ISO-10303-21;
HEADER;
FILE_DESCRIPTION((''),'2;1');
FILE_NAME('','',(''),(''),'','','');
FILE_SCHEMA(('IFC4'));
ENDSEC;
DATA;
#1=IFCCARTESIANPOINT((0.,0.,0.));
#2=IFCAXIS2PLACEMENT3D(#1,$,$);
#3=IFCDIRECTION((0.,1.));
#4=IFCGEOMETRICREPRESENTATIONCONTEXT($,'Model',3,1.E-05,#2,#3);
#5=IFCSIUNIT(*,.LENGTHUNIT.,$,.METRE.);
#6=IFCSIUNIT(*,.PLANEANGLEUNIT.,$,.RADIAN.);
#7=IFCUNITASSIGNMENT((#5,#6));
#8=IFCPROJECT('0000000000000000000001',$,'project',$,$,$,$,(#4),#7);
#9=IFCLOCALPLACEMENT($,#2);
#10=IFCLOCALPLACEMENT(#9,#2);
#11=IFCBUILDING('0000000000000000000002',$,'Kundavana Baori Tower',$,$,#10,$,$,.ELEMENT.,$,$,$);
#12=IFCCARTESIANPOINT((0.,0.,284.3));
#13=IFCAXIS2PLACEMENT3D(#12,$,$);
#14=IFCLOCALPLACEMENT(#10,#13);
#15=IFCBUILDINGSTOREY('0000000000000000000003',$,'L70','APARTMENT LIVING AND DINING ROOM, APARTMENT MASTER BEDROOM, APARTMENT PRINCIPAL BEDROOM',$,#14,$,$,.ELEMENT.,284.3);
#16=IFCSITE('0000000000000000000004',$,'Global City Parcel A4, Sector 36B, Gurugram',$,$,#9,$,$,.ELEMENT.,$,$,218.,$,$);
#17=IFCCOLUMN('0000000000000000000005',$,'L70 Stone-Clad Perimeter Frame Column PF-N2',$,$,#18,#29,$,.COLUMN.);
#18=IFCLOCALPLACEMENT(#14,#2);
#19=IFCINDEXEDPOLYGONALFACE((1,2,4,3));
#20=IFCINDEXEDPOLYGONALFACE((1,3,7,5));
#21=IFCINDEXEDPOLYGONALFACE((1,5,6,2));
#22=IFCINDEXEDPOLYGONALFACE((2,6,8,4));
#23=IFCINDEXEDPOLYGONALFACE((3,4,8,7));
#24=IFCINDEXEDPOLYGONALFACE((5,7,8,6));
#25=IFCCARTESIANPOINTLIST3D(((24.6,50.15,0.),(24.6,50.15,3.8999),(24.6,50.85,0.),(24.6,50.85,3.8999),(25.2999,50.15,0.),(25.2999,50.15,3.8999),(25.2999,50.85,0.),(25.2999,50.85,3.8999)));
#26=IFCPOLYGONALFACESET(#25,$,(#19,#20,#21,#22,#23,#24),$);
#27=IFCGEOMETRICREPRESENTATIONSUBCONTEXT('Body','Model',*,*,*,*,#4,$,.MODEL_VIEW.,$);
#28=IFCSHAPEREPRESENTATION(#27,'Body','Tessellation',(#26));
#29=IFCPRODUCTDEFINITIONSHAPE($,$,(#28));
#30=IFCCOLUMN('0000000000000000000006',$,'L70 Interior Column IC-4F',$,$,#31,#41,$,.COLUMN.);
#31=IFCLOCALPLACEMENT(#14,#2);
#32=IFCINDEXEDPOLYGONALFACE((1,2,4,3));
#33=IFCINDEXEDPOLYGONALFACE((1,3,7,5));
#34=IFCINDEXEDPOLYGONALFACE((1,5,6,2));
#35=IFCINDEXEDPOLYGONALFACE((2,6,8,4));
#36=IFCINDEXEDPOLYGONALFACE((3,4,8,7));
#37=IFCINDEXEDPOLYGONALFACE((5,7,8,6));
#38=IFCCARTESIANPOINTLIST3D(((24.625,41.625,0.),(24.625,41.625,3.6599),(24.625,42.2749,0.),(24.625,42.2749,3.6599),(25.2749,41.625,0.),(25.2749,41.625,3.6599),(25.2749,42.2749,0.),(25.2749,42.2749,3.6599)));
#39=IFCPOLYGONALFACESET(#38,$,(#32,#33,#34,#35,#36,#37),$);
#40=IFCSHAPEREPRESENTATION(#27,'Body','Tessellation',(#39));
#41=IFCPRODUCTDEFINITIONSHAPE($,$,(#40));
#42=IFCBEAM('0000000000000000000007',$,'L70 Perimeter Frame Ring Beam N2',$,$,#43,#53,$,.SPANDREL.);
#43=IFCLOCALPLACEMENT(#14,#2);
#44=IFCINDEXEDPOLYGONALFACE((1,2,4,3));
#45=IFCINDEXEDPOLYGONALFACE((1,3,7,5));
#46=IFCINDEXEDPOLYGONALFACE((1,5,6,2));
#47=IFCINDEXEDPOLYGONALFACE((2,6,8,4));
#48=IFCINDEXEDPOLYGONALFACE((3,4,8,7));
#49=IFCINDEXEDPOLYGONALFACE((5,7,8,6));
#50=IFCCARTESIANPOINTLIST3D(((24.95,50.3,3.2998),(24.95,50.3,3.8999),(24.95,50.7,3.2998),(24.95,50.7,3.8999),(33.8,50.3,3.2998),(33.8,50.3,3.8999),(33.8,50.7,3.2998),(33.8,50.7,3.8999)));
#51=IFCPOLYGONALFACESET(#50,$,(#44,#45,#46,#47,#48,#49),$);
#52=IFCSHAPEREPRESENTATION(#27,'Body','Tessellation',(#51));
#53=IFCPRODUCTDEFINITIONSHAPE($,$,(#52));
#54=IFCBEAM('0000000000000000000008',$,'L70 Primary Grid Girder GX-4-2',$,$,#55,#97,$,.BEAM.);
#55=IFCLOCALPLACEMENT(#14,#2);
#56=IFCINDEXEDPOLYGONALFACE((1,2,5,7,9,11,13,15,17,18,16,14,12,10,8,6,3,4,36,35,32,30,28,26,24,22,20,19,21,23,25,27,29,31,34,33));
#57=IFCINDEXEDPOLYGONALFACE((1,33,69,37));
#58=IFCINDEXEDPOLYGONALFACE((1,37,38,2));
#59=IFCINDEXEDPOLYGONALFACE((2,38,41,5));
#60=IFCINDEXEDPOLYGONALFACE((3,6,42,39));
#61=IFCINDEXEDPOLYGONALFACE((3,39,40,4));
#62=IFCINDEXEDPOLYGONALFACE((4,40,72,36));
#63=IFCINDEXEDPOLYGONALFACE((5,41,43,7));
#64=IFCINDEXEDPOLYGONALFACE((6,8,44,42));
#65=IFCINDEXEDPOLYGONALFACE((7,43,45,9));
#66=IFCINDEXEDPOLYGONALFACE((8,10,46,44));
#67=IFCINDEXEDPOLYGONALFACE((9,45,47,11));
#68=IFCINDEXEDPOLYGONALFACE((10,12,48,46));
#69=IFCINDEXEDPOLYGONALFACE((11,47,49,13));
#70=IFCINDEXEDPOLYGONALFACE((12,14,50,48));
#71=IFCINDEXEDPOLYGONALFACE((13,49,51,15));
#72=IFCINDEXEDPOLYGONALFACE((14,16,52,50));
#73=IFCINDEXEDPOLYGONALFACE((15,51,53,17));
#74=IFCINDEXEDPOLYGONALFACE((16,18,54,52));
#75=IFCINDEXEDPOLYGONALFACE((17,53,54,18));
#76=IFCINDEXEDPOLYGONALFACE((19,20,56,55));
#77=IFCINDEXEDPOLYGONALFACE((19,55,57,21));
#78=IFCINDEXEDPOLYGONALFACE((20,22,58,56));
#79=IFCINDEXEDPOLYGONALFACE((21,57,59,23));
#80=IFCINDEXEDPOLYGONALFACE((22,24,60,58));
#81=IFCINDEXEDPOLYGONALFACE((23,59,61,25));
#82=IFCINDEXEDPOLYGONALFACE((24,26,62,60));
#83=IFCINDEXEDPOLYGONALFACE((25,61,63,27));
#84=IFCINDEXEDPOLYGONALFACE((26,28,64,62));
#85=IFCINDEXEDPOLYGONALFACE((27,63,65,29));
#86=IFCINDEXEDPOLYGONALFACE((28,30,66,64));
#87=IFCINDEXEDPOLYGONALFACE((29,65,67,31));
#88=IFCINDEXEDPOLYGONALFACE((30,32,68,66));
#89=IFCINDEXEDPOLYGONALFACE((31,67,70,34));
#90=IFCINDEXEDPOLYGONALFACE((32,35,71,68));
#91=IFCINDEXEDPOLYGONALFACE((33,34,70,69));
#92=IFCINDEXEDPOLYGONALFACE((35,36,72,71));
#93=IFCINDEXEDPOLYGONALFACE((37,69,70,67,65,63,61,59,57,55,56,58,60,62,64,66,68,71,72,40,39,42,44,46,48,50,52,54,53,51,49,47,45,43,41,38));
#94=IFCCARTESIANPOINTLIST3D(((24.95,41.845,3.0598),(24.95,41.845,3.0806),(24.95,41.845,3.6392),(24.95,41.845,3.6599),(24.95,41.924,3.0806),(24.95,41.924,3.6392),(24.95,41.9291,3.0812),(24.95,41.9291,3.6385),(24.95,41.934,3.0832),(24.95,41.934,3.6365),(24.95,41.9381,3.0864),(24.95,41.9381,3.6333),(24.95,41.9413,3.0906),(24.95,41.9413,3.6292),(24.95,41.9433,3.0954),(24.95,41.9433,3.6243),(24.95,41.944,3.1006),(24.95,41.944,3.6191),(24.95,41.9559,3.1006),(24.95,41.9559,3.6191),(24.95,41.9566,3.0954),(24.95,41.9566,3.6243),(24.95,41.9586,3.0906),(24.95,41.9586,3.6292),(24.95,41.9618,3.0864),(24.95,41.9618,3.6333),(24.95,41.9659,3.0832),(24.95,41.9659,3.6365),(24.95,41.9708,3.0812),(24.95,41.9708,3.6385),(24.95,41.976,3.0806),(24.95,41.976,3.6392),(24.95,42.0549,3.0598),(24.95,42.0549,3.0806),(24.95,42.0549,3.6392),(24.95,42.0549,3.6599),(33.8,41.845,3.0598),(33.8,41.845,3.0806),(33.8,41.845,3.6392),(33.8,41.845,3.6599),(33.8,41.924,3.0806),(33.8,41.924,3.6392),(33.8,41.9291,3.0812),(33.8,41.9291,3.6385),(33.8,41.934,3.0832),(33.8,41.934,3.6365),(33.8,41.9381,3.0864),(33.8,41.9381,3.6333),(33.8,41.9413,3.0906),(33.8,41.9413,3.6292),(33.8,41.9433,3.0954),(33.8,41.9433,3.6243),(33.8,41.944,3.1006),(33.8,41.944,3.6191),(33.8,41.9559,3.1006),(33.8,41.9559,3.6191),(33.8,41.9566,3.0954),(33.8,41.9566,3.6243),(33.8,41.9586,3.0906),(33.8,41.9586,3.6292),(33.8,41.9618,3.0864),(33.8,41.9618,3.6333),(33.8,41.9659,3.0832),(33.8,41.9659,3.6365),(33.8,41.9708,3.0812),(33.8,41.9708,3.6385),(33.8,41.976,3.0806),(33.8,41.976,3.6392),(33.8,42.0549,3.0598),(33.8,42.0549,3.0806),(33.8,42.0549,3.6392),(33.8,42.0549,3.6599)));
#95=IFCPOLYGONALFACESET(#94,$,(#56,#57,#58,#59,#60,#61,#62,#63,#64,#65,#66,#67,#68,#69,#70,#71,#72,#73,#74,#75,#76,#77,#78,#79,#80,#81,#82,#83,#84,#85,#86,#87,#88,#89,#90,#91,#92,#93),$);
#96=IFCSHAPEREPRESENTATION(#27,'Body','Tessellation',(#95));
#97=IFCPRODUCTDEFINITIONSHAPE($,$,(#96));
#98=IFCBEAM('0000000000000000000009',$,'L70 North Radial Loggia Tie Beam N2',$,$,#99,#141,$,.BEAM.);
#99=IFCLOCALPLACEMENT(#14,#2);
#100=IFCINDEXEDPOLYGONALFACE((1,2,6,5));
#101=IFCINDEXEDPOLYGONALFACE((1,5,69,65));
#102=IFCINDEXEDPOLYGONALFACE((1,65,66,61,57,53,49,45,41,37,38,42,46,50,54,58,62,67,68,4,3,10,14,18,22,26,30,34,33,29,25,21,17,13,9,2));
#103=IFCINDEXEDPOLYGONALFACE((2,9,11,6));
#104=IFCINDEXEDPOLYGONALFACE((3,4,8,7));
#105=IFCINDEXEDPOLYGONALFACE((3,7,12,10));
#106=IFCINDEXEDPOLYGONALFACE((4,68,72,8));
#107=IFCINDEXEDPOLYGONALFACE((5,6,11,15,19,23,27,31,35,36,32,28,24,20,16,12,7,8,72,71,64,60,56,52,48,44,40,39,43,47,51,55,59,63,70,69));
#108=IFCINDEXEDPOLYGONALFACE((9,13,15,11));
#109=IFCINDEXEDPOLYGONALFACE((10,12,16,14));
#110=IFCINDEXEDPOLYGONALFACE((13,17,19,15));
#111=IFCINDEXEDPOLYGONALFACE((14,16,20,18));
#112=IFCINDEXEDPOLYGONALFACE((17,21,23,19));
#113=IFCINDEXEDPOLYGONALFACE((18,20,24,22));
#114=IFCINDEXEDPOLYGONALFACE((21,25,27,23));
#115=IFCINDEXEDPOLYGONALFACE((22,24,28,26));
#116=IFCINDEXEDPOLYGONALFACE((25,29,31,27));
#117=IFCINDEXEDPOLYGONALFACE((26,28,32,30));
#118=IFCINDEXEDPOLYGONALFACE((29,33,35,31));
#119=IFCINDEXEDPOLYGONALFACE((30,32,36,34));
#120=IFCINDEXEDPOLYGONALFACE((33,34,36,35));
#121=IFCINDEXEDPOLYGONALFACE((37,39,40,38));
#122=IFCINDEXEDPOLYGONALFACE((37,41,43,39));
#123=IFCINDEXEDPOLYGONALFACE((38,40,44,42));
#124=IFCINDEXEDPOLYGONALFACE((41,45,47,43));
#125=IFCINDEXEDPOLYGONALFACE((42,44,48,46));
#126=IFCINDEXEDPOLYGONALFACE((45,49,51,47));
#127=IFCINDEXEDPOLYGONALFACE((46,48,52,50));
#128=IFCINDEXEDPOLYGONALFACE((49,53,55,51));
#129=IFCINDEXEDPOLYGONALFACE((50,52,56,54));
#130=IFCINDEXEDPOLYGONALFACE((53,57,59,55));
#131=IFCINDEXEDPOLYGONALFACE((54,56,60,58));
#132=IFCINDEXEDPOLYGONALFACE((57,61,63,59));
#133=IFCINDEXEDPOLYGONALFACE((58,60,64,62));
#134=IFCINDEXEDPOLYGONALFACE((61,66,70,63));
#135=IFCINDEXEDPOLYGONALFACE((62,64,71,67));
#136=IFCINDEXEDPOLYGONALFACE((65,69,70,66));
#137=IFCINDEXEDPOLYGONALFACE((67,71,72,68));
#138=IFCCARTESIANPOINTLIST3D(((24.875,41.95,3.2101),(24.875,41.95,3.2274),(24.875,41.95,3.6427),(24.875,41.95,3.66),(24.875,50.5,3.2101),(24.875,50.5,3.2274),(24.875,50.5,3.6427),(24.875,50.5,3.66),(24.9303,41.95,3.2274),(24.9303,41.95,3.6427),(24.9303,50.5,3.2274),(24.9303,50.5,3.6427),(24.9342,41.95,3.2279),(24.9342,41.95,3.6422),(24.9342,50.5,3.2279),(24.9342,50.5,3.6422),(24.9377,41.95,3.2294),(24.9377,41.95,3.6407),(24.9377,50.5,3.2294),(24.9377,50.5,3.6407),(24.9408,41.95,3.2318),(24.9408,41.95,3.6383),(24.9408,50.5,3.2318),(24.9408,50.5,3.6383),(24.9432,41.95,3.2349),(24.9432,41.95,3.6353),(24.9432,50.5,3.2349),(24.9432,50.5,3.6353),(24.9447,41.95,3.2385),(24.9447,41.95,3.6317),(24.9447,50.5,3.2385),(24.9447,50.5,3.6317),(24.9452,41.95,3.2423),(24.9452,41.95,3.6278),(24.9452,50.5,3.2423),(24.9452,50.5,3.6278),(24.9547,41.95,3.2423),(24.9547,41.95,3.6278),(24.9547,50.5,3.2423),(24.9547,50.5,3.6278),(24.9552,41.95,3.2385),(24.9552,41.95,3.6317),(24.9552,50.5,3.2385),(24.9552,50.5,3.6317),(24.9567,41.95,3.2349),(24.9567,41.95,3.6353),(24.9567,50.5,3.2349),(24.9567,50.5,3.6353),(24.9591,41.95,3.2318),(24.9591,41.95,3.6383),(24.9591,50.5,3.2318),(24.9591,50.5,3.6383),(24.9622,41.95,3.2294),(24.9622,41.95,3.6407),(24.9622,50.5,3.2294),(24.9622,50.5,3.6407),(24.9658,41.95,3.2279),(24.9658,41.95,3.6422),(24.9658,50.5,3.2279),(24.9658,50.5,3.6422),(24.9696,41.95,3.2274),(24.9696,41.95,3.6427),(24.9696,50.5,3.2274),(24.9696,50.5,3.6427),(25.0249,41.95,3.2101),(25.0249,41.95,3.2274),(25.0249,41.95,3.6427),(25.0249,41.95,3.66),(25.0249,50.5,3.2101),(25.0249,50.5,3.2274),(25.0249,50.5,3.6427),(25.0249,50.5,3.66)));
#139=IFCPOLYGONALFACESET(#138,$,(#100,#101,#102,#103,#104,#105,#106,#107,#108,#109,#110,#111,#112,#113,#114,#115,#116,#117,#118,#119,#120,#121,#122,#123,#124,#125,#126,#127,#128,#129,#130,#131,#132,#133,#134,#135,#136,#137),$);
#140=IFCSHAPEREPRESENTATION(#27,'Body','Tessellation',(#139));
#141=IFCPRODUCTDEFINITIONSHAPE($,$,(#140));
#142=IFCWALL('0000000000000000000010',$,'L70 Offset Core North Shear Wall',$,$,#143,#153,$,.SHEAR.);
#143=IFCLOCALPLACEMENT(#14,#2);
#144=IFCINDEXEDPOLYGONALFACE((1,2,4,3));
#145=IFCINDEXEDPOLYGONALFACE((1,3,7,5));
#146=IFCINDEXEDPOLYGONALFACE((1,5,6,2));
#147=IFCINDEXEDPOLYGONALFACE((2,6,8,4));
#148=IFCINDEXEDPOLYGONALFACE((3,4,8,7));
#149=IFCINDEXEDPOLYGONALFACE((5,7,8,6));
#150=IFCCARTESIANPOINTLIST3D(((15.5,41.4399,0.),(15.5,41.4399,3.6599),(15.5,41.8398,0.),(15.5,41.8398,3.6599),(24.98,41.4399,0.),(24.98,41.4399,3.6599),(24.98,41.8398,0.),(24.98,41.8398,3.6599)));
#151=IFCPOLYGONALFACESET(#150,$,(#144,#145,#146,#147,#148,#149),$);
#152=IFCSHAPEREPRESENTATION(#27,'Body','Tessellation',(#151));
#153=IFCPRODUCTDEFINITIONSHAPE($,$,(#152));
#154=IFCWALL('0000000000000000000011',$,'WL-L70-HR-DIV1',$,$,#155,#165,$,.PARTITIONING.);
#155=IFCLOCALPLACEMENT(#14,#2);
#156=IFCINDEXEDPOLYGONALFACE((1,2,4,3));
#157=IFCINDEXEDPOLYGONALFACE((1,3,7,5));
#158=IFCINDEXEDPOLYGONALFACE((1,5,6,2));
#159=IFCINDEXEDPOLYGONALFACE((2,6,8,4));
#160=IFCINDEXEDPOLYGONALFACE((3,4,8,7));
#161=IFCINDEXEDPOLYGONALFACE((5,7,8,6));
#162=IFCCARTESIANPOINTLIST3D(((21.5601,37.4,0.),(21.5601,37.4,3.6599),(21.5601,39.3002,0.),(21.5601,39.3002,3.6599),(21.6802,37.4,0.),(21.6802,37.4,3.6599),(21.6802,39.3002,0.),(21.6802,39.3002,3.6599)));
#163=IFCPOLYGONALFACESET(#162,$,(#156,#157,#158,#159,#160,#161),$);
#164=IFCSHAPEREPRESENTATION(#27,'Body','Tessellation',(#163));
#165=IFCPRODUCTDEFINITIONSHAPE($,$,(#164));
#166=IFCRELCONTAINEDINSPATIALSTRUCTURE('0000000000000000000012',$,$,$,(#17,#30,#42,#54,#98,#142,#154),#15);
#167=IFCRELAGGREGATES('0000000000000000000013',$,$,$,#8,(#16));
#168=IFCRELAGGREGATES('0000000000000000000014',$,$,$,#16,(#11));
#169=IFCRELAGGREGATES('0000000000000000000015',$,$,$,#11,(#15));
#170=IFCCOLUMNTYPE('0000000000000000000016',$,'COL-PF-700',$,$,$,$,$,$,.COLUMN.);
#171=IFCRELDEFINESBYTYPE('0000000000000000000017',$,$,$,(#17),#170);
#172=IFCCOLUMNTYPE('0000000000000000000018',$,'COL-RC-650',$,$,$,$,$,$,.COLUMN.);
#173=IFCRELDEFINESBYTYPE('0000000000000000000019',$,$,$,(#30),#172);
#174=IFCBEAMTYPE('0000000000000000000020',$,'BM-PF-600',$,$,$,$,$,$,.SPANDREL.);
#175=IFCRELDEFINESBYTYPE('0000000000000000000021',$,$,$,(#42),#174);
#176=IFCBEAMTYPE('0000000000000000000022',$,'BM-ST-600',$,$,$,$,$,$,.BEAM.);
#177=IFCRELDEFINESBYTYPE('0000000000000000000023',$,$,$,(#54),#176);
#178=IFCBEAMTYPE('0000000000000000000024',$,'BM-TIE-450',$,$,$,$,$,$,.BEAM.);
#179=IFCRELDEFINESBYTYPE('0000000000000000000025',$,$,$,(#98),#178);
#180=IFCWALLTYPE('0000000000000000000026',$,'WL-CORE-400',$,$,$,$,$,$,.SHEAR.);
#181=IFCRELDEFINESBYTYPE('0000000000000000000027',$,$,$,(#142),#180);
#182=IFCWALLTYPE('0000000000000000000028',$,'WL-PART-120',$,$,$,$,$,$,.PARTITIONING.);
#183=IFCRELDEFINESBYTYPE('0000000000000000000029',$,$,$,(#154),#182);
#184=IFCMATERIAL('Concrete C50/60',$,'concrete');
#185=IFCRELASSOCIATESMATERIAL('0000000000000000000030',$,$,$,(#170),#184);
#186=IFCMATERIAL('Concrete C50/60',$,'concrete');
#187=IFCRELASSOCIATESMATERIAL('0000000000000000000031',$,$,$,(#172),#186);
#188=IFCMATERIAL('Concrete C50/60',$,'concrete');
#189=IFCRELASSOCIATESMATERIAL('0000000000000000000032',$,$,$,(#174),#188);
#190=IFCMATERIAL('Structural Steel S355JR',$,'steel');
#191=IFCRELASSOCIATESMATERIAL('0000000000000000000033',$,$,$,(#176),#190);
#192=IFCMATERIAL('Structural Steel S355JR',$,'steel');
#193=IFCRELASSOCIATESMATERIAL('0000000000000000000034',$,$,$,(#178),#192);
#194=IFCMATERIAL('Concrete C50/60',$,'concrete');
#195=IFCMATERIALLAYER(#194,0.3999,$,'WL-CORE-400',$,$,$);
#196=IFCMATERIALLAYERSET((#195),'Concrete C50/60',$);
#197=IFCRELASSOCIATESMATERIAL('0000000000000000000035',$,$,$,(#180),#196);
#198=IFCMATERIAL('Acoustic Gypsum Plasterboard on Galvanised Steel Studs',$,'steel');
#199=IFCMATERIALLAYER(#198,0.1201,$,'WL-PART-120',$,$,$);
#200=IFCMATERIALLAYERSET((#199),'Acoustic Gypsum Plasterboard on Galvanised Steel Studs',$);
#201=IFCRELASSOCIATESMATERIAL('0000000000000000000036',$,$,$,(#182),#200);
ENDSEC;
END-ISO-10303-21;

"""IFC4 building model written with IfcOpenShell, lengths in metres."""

from ifc_helpers import new_model, si_unit, direction, frame, frame_2d, origin, origin_2d, place, context, subcontext, project, spatial, rectangle, i_section, extrude, material, layer, layer_set, material_profile, profile_set, type_object, element, save


model = new_model("IFC4")

# Units and contexts
model_context = context("Model", 3, precision=1e-05, world=origin(), true_north=direction((0.0, 1.0)))
body_context = subcontext(model_context, "Body", "Model", "MODEL_VIEW")
ifc_project = project(units=[si_unit("LENGTHUNIT", "METRE"), si_unit("PLANEANGLEUNIT", "RADIAN")], contexts=[model_context])

# Site, building, storey
site_placement = place(None, origin())
site = spatial("IfcSite", under=ifc_project, at=site_placement, Name="Global City Parcel A4, Sector 36B, Gurugram", CompositionType="ELEMENT", RefElevation=218.0)
building_placement = place(site_placement, origin())
building = spatial("IfcBuilding", under=site, at=building_placement, Name="Kundavana Baori Tower", CompositionType="ELEMENT")
storey_placement = place(building_placement, frame((0.0, 0.0, 284.3)))
storey = spatial("IfcBuildingStorey", under=building, at=storey_placement, Name="L70", Description="APARTMENT LIVING AND DINING ROOM, APARTMENT MASTER BEDROOM, APARTMENT PRINCIPAL BEDROOM", CompositionType="ELEMENT", Elevation=284.3)

# Columns
ifc_material_1 = material(Name="Concrete C50/60", Category="concrete")
ifc_material_profile_1 = material_profile(ifc_material_1, rectangle(XDim=0.7, YDim=0.7, at=origin_2d()), Name="RC PF 700x700")
ifc_profile_set_1 = profile_set([ifc_material_profile_1], Name="Concrete C50/60")
column_type_1 = type_object("IfcColumnType", Name="COL-PF-700", PredefinedType="COLUMN", material=ifc_profile_set_1)
column_1_placement = place(storey_placement, frame((24.95, 50.5, 0.0), z_axis=(0.0, 0.0, 1.0), x_axis=(1.0, 0.0, 0.0)))
element("IfcColumn", 1, at=column_1_placement, inside=storey, type_object=column_type_1, Name="L70 Stone-Clad Perimeter Frame Column PF-N2", PredefinedType="COLUMN", context=body_context, shape_type="SweptSolid", body=[
    extrude(rectangle(XDim=0.7, YDim=0.7, at=origin_2d()), origin(), (0.0, 0.0, 1.0), 3.8999),
])
ifc_material_2 = material(Name="Concrete C50/60", Category="concrete")
ifc_material_profile_2 = material_profile(ifc_material_2, rectangle(XDim=0.6499, YDim=0.6499, at=origin_2d()), Name="RC 650x650")
ifc_profile_set_2 = profile_set([ifc_material_profile_2], Name="Concrete C50/60")
column_type_2 = type_object("IfcColumnType", Name="COL-RC-650", PredefinedType="COLUMN", material=ifc_profile_set_2)
column_2_placement = place(storey_placement, frame((24.95, 41.95, 0.0), z_axis=(0.0, 0.0, 1.0), x_axis=(1.0, 0.0, 0.0)))
element("IfcColumn", 2, at=column_2_placement, inside=storey, type_object=column_type_2, Name="L70 Interior Column IC-4F", PredefinedType="COLUMN", context=body_context, shape_type="SweptSolid", body=[
    extrude(rectangle(XDim=0.6499, YDim=0.6499, at=origin_2d()), origin(), (0.0, 0.0, 1.0), 3.6599),
])

# Beams
ifc_material_3 = material(Name="Concrete C50/60", Category="concrete")
ifc_material_profile_3 = material_profile(ifc_material_3, rectangle(XDim=0.3999, YDim=0.6001, at=origin_2d()), Name="RC BM 400x600")
ifc_profile_set_3 = profile_set([ifc_material_profile_3], Name="Concrete C50/60")
beam_type_1 = type_object("IfcBeamType", Name="BM-PF-600", PredefinedType="SPANDREL", material=ifc_profile_set_3)
beam_1_placement = place(storey_placement, frame((24.95, 50.5, 3.5999), z_axis=(1.0, 0.0, 0.0), x_axis=(0.0, 1.0, 0.0)))
element("IfcBeam", 3, at=beam_1_placement, inside=storey, type_object=beam_type_1, Name="L70 Perimeter Frame Ring Beam N2", PredefinedType="SPANDREL", context=body_context, shape_type="SweptSolid", body=[
    extrude(rectangle(XDim=0.3999, YDim=0.6001, at=origin_2d()), origin(), (0.0, 0.0, 1.0), 8.8501),
])
ifc_material_4 = material(Name="Structural Steel S355JR", Category="steel")
ifc_material_profile_4 = material_profile(ifc_material_4, i_section(OverallWidth=0.21, OverallDepth=0.6001, WebThickness=0.012, FlangeThickness=0.0208, FilletRadius=0.02, at=origin_2d()), Name="ISMB 600")
ifc_profile_set_4 = profile_set([ifc_material_profile_4], Name="Structural Steel S355JR")
beam_type_2 = type_object("IfcBeamType", Name="BM-ST-600", PredefinedType="BEAM", material=ifc_profile_set_4)
beam_2_placement = place(storey_placement, frame((24.95, 41.95, 3.3599), z_axis=(1.0, 0.0, 0.0), x_axis=(0.0, 1.0, 0.0)))
element("IfcBeam", 4, at=beam_2_placement, inside=storey, type_object=beam_type_2, Name="L70 Primary Grid Girder GX-4-2", PredefinedType="BEAM", context=body_context, shape_type="SweptSolid", body=[
    extrude(i_section(OverallWidth=0.21, OverallDepth=0.6001, WebThickness=0.012, FlangeThickness=0.0208, FilletRadius=0.02, at=origin_2d()), origin(), (0.0, 0.0, 1.0), 8.8501),
])
ifc_material_5 = material(Name="Structural Steel S355JR", Category="steel")
ifc_material_profile_5 = material_profile(ifc_material_5, i_section(OverallWidth=0.1499, OverallDepth=0.45, WebThickness=0.0095, FlangeThickness=0.0173, FilletRadius=0.0149, at=origin_2d()), Name="ISMB 450")
ifc_profile_set_5 = profile_set([ifc_material_profile_5], Name="Structural Steel S355JR")
beam_type_3 = type_object("IfcBeamType", Name="BM-TIE-450", PredefinedType="BEAM", material=ifc_profile_set_5)
beam_3_placement = place(storey_placement, frame((24.95, 41.95, 3.4351), z_axis=(0.0, 1.0, 0.0), x_axis=(-1.0, 0.0, 0.0)))
element("IfcBeam", 5, at=beam_3_placement, inside=storey, type_object=beam_type_3, Name="L70 North Radial Loggia Tie Beam N2", PredefinedType="BEAM", context=body_context, shape_type="SweptSolid", body=[
    extrude(i_section(OverallWidth=0.1499, OverallDepth=0.45, WebThickness=0.0095, FlangeThickness=0.0173, FilletRadius=0.0149, at=origin_2d()), origin(), (0.0, 0.0, 1.0), 8.55),
])

# Walls
ifc_material_6 = material(Name="Concrete C50/60", Category="concrete")
ifc_layer_1 = layer(ifc_material_6, 0.3999, Name="WL-CORE-400")
ifc_layer_set_1 = layer_set([ifc_layer_1], Name="Concrete C50/60")
wall_type_1 = type_object("IfcWallType", Name="WL-CORE-400", PredefinedType="SHEAR", material=ifc_layer_set_1)
wall_1_placement = place(storey_placement, frame((15.5, 41.6399, 0.0), z_axis=(0.0, 0.0, 1.0), x_axis=(1.0, 0.0, 0.0)))
element("IfcWall", 6, at=wall_1_placement, inside=storey, type_object=wall_type_1, Name="L70 Offset Core North Shear Wall", PredefinedType="SHEAR", context=body_context, shape_type="SweptSolid", body=[
    extrude(rectangle(XDim=9.48, YDim=0.3999, at=frame_2d((4.74, 0.0))), origin(), (0.0, 0.0, 1.0), 3.6599),
])
ifc_material_7 = material(Name="Acoustic Gypsum Plasterboard on Galvanised Steel Studs", Category="steel")
ifc_layer_2 = layer(ifc_material_7, 0.1201, Name="WL-PART-120")
ifc_layer_set_2 = layer_set([ifc_layer_2], Name="Acoustic Gypsum Plasterboard on Galvanised Steel Studs")
wall_type_2 = type_object("IfcWallType", Name="WL-PART-120", PredefinedType="PARTITIONING", material=ifc_layer_set_2)
wall_2_placement = place(storey_placement, frame((21.6201, 37.3999, 0.0), z_axis=(0.0, 0.0, 1.0), x_axis=(0.0, 1.0, 0.0)))
element("IfcWall", 7, at=wall_2_placement, inside=storey, type_object=wall_type_2, Name="WL-L70-HR-DIV1", PredefinedType="PARTITIONING", context=body_context, shape_type="SweptSolid", body=[
    extrude(rectangle(XDim=1.9001, YDim=0.1201, at=frame_2d((0.9502, 0.0))), origin(), (0.0, 0.0, 1.0), 3.6599),
])

save(model, "model.ifc")
